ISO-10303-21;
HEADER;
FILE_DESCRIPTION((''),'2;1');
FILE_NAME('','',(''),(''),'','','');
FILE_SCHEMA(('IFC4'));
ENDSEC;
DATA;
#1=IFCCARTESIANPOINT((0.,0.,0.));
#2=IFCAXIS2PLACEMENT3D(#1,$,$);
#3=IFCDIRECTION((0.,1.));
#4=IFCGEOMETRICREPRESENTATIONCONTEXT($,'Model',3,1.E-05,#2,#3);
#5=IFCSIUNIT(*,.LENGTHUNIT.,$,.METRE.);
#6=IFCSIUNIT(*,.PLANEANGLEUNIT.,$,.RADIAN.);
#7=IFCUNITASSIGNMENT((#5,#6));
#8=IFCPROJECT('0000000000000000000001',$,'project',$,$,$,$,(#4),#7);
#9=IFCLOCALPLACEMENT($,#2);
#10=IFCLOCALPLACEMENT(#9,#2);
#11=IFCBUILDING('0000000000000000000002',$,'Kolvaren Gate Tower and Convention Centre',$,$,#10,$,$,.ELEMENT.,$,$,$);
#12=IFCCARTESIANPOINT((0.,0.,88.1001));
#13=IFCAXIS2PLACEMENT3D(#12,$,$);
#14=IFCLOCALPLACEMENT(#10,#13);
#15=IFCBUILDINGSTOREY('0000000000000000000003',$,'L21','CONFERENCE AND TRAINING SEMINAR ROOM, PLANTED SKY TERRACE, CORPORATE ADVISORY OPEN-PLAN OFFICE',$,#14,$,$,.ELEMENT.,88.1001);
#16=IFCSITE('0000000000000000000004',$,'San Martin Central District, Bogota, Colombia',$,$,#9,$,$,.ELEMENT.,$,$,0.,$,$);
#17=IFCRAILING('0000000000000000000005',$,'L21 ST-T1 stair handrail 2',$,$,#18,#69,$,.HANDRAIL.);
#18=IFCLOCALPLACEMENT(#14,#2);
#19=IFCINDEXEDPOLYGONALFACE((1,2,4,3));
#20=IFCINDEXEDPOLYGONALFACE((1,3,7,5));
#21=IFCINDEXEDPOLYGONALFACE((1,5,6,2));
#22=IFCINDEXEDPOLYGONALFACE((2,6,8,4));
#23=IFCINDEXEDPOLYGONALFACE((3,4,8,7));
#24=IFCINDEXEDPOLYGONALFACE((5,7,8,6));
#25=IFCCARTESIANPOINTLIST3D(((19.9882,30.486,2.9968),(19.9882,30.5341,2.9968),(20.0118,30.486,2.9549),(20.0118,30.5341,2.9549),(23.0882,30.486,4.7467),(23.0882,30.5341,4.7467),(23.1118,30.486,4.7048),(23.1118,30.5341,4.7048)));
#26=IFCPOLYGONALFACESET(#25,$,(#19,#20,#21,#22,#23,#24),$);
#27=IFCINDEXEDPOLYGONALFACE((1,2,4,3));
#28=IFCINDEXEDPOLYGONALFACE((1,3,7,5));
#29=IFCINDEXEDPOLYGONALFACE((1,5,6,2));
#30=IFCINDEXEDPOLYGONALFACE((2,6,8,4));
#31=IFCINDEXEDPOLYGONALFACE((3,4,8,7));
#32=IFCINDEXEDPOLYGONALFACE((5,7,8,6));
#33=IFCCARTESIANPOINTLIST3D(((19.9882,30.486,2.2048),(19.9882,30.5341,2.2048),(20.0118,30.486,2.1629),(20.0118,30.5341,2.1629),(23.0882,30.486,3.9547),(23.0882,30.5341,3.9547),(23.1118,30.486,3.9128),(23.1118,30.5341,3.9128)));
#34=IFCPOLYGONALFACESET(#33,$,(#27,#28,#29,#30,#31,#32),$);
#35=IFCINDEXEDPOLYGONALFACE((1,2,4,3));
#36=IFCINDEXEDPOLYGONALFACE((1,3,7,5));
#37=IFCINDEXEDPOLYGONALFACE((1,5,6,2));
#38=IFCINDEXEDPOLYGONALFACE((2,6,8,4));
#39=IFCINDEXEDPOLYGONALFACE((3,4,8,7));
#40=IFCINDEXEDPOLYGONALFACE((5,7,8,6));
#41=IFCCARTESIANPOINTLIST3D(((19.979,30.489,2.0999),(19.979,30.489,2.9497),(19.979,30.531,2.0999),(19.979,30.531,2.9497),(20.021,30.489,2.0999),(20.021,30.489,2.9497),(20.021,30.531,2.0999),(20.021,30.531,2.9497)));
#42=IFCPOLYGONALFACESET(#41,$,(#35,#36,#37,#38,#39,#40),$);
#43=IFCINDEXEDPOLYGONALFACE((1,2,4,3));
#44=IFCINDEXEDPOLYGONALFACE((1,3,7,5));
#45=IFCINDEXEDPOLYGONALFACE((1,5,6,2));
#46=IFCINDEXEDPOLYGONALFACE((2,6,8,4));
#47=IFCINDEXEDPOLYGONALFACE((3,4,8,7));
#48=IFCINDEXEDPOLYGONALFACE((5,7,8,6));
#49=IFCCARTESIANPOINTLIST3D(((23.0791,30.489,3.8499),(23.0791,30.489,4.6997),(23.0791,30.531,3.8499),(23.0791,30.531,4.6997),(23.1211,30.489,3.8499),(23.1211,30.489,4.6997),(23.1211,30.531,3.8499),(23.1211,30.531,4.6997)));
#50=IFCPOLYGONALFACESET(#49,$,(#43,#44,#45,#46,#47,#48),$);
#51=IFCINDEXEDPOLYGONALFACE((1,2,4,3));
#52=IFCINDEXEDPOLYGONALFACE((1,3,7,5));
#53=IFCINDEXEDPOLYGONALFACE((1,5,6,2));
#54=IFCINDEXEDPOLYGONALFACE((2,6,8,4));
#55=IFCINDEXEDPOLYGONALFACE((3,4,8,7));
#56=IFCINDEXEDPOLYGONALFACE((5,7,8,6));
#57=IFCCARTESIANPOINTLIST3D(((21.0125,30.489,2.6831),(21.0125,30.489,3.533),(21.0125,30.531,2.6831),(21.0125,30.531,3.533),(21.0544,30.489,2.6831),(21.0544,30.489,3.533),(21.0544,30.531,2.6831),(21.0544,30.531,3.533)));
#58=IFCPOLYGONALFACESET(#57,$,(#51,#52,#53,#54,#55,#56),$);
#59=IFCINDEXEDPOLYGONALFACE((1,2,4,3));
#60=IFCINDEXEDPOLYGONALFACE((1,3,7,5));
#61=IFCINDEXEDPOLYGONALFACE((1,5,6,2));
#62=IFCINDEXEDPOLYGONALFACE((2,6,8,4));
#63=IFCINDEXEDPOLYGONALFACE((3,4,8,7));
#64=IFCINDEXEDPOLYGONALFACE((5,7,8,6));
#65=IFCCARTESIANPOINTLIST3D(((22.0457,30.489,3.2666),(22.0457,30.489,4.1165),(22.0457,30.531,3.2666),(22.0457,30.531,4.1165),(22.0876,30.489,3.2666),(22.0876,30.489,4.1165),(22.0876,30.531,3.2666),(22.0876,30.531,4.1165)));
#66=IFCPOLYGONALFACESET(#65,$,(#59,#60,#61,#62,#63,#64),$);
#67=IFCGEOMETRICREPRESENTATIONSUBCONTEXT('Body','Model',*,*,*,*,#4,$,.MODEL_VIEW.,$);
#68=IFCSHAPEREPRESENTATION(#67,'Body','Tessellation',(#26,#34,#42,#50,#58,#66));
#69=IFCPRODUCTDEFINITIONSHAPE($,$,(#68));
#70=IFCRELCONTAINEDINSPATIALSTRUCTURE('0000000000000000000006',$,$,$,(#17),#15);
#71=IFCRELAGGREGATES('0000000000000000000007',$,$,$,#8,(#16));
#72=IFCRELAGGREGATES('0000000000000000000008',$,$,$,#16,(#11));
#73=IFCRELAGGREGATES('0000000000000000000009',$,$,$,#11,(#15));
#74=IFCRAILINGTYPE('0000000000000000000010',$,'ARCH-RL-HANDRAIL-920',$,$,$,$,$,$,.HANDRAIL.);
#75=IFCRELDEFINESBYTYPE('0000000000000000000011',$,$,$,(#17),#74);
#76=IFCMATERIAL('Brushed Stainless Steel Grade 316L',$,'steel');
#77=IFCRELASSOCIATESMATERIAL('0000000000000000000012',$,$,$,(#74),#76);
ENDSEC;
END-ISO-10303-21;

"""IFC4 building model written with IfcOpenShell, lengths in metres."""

from ifc_helpers import new_model, si_unit, direction, frame, origin, origin_2d, place, context, subcontext, project, spatial, rectangle, extrude, material, type_object, element, save


model = new_model("IFC4")

# Units and contexts
model_context = context("Model", 3, precision=1e-05, world=origin(), true_north=direction((0.0, 1.0)))
body_context = subcontext(model_context, "Body", "Model", "MODEL_VIEW")
ifc_project = project(units=[si_unit("LENGTHUNIT", "METRE"), si_unit("PLANEANGLEUNIT", "RADIAN")], contexts=[model_context])

# Site, building, storey
site_placement = place(None, origin())
site = spatial("IfcSite", under=ifc_project, at=site_placement, Name="San Martin Central District, Bogota, Colombia", CompositionType="ELEMENT", RefElevation=0.0)
building_placement = place(site_placement, origin())
building = spatial("IfcBuilding", under=site, at=building_placement, Name="Kolvaren Gate Tower and Convention Centre", CompositionType="ELEMENT")
storey_placement = place(building_placement, frame((0.0, 0.0, 88.1001)))
storey = spatial("IfcBuildingStorey", under=building, at=storey_placement, Name="L21", Description="CONFERENCE AND TRAINING SEMINAR ROOM, PLANTED SKY TERRACE, CORPORATE ADVISORY OPEN-PLAN OFFICE", CompositionType="ELEMENT", Elevation=88.1001)

# Shared definitions
ifc_material_1 = material(Name="Brushed Stainless Steel Grade 316L", Category="steel")

# Railing
railing_type_1 = type_object("IfcRailingType", Name="ARCH-RL-HANDRAIL-920", PredefinedType="HANDRAIL", material=ifc_material_1)
railing_1_placement = place(storey_placement, frame((20.0, 30.51, 2.0999)))
element("IfcRailing", 1, at=railing_1_placement, inside=storey, type_object=railing_type_1, Name="L21 ST-T1 stair handrail 2", PredefinedType="HANDRAIL", context=body_context, shape_type="SweptSolid", body=[
    extrude(rectangle(XDim=0.0481, YDim=0.0481, at=origin_2d()), frame((0.0, 0.0, 0.876), z_axis=(0.870831, 0.0, 0.491583), x_axis=(0.0, 1.0, 0.0)), (0.0, 0.0, 1.0), 3.5598),
    extrude(rectangle(XDim=0.0481, YDim=0.0481, at=origin_2d()), frame((0.0, 0.0, 0.084), z_axis=(0.870831, 0.0, 0.491583), x_axis=(0.0, 1.0, 0.0)), (0.0, 0.0, 1.0), 3.5598),
    extrude(rectangle(XDim=0.042, YDim=0.042, at=origin_2d()), origin(), (0.0, 0.0, 1.0), 0.8499),
    extrude(rectangle(XDim=0.042, YDim=0.042, at=origin_2d()), frame((3.1001, 0.0, 1.75)), (0.0, 0.0, 1.0), 0.8499),
    extrude(rectangle(XDim=0.042, YDim=0.042, at=origin_2d()), frame((1.0334, 0.0, 0.5833)), (0.0, 0.0, 1.0), 0.8499),
    extrude(rectangle(XDim=0.042, YDim=0.042, at=origin_2d()), frame((2.0667, 0.0, 1.1667)), (0.0, 0.0, 1.0), 0.8499),
])

save(model, "model.ifc")
